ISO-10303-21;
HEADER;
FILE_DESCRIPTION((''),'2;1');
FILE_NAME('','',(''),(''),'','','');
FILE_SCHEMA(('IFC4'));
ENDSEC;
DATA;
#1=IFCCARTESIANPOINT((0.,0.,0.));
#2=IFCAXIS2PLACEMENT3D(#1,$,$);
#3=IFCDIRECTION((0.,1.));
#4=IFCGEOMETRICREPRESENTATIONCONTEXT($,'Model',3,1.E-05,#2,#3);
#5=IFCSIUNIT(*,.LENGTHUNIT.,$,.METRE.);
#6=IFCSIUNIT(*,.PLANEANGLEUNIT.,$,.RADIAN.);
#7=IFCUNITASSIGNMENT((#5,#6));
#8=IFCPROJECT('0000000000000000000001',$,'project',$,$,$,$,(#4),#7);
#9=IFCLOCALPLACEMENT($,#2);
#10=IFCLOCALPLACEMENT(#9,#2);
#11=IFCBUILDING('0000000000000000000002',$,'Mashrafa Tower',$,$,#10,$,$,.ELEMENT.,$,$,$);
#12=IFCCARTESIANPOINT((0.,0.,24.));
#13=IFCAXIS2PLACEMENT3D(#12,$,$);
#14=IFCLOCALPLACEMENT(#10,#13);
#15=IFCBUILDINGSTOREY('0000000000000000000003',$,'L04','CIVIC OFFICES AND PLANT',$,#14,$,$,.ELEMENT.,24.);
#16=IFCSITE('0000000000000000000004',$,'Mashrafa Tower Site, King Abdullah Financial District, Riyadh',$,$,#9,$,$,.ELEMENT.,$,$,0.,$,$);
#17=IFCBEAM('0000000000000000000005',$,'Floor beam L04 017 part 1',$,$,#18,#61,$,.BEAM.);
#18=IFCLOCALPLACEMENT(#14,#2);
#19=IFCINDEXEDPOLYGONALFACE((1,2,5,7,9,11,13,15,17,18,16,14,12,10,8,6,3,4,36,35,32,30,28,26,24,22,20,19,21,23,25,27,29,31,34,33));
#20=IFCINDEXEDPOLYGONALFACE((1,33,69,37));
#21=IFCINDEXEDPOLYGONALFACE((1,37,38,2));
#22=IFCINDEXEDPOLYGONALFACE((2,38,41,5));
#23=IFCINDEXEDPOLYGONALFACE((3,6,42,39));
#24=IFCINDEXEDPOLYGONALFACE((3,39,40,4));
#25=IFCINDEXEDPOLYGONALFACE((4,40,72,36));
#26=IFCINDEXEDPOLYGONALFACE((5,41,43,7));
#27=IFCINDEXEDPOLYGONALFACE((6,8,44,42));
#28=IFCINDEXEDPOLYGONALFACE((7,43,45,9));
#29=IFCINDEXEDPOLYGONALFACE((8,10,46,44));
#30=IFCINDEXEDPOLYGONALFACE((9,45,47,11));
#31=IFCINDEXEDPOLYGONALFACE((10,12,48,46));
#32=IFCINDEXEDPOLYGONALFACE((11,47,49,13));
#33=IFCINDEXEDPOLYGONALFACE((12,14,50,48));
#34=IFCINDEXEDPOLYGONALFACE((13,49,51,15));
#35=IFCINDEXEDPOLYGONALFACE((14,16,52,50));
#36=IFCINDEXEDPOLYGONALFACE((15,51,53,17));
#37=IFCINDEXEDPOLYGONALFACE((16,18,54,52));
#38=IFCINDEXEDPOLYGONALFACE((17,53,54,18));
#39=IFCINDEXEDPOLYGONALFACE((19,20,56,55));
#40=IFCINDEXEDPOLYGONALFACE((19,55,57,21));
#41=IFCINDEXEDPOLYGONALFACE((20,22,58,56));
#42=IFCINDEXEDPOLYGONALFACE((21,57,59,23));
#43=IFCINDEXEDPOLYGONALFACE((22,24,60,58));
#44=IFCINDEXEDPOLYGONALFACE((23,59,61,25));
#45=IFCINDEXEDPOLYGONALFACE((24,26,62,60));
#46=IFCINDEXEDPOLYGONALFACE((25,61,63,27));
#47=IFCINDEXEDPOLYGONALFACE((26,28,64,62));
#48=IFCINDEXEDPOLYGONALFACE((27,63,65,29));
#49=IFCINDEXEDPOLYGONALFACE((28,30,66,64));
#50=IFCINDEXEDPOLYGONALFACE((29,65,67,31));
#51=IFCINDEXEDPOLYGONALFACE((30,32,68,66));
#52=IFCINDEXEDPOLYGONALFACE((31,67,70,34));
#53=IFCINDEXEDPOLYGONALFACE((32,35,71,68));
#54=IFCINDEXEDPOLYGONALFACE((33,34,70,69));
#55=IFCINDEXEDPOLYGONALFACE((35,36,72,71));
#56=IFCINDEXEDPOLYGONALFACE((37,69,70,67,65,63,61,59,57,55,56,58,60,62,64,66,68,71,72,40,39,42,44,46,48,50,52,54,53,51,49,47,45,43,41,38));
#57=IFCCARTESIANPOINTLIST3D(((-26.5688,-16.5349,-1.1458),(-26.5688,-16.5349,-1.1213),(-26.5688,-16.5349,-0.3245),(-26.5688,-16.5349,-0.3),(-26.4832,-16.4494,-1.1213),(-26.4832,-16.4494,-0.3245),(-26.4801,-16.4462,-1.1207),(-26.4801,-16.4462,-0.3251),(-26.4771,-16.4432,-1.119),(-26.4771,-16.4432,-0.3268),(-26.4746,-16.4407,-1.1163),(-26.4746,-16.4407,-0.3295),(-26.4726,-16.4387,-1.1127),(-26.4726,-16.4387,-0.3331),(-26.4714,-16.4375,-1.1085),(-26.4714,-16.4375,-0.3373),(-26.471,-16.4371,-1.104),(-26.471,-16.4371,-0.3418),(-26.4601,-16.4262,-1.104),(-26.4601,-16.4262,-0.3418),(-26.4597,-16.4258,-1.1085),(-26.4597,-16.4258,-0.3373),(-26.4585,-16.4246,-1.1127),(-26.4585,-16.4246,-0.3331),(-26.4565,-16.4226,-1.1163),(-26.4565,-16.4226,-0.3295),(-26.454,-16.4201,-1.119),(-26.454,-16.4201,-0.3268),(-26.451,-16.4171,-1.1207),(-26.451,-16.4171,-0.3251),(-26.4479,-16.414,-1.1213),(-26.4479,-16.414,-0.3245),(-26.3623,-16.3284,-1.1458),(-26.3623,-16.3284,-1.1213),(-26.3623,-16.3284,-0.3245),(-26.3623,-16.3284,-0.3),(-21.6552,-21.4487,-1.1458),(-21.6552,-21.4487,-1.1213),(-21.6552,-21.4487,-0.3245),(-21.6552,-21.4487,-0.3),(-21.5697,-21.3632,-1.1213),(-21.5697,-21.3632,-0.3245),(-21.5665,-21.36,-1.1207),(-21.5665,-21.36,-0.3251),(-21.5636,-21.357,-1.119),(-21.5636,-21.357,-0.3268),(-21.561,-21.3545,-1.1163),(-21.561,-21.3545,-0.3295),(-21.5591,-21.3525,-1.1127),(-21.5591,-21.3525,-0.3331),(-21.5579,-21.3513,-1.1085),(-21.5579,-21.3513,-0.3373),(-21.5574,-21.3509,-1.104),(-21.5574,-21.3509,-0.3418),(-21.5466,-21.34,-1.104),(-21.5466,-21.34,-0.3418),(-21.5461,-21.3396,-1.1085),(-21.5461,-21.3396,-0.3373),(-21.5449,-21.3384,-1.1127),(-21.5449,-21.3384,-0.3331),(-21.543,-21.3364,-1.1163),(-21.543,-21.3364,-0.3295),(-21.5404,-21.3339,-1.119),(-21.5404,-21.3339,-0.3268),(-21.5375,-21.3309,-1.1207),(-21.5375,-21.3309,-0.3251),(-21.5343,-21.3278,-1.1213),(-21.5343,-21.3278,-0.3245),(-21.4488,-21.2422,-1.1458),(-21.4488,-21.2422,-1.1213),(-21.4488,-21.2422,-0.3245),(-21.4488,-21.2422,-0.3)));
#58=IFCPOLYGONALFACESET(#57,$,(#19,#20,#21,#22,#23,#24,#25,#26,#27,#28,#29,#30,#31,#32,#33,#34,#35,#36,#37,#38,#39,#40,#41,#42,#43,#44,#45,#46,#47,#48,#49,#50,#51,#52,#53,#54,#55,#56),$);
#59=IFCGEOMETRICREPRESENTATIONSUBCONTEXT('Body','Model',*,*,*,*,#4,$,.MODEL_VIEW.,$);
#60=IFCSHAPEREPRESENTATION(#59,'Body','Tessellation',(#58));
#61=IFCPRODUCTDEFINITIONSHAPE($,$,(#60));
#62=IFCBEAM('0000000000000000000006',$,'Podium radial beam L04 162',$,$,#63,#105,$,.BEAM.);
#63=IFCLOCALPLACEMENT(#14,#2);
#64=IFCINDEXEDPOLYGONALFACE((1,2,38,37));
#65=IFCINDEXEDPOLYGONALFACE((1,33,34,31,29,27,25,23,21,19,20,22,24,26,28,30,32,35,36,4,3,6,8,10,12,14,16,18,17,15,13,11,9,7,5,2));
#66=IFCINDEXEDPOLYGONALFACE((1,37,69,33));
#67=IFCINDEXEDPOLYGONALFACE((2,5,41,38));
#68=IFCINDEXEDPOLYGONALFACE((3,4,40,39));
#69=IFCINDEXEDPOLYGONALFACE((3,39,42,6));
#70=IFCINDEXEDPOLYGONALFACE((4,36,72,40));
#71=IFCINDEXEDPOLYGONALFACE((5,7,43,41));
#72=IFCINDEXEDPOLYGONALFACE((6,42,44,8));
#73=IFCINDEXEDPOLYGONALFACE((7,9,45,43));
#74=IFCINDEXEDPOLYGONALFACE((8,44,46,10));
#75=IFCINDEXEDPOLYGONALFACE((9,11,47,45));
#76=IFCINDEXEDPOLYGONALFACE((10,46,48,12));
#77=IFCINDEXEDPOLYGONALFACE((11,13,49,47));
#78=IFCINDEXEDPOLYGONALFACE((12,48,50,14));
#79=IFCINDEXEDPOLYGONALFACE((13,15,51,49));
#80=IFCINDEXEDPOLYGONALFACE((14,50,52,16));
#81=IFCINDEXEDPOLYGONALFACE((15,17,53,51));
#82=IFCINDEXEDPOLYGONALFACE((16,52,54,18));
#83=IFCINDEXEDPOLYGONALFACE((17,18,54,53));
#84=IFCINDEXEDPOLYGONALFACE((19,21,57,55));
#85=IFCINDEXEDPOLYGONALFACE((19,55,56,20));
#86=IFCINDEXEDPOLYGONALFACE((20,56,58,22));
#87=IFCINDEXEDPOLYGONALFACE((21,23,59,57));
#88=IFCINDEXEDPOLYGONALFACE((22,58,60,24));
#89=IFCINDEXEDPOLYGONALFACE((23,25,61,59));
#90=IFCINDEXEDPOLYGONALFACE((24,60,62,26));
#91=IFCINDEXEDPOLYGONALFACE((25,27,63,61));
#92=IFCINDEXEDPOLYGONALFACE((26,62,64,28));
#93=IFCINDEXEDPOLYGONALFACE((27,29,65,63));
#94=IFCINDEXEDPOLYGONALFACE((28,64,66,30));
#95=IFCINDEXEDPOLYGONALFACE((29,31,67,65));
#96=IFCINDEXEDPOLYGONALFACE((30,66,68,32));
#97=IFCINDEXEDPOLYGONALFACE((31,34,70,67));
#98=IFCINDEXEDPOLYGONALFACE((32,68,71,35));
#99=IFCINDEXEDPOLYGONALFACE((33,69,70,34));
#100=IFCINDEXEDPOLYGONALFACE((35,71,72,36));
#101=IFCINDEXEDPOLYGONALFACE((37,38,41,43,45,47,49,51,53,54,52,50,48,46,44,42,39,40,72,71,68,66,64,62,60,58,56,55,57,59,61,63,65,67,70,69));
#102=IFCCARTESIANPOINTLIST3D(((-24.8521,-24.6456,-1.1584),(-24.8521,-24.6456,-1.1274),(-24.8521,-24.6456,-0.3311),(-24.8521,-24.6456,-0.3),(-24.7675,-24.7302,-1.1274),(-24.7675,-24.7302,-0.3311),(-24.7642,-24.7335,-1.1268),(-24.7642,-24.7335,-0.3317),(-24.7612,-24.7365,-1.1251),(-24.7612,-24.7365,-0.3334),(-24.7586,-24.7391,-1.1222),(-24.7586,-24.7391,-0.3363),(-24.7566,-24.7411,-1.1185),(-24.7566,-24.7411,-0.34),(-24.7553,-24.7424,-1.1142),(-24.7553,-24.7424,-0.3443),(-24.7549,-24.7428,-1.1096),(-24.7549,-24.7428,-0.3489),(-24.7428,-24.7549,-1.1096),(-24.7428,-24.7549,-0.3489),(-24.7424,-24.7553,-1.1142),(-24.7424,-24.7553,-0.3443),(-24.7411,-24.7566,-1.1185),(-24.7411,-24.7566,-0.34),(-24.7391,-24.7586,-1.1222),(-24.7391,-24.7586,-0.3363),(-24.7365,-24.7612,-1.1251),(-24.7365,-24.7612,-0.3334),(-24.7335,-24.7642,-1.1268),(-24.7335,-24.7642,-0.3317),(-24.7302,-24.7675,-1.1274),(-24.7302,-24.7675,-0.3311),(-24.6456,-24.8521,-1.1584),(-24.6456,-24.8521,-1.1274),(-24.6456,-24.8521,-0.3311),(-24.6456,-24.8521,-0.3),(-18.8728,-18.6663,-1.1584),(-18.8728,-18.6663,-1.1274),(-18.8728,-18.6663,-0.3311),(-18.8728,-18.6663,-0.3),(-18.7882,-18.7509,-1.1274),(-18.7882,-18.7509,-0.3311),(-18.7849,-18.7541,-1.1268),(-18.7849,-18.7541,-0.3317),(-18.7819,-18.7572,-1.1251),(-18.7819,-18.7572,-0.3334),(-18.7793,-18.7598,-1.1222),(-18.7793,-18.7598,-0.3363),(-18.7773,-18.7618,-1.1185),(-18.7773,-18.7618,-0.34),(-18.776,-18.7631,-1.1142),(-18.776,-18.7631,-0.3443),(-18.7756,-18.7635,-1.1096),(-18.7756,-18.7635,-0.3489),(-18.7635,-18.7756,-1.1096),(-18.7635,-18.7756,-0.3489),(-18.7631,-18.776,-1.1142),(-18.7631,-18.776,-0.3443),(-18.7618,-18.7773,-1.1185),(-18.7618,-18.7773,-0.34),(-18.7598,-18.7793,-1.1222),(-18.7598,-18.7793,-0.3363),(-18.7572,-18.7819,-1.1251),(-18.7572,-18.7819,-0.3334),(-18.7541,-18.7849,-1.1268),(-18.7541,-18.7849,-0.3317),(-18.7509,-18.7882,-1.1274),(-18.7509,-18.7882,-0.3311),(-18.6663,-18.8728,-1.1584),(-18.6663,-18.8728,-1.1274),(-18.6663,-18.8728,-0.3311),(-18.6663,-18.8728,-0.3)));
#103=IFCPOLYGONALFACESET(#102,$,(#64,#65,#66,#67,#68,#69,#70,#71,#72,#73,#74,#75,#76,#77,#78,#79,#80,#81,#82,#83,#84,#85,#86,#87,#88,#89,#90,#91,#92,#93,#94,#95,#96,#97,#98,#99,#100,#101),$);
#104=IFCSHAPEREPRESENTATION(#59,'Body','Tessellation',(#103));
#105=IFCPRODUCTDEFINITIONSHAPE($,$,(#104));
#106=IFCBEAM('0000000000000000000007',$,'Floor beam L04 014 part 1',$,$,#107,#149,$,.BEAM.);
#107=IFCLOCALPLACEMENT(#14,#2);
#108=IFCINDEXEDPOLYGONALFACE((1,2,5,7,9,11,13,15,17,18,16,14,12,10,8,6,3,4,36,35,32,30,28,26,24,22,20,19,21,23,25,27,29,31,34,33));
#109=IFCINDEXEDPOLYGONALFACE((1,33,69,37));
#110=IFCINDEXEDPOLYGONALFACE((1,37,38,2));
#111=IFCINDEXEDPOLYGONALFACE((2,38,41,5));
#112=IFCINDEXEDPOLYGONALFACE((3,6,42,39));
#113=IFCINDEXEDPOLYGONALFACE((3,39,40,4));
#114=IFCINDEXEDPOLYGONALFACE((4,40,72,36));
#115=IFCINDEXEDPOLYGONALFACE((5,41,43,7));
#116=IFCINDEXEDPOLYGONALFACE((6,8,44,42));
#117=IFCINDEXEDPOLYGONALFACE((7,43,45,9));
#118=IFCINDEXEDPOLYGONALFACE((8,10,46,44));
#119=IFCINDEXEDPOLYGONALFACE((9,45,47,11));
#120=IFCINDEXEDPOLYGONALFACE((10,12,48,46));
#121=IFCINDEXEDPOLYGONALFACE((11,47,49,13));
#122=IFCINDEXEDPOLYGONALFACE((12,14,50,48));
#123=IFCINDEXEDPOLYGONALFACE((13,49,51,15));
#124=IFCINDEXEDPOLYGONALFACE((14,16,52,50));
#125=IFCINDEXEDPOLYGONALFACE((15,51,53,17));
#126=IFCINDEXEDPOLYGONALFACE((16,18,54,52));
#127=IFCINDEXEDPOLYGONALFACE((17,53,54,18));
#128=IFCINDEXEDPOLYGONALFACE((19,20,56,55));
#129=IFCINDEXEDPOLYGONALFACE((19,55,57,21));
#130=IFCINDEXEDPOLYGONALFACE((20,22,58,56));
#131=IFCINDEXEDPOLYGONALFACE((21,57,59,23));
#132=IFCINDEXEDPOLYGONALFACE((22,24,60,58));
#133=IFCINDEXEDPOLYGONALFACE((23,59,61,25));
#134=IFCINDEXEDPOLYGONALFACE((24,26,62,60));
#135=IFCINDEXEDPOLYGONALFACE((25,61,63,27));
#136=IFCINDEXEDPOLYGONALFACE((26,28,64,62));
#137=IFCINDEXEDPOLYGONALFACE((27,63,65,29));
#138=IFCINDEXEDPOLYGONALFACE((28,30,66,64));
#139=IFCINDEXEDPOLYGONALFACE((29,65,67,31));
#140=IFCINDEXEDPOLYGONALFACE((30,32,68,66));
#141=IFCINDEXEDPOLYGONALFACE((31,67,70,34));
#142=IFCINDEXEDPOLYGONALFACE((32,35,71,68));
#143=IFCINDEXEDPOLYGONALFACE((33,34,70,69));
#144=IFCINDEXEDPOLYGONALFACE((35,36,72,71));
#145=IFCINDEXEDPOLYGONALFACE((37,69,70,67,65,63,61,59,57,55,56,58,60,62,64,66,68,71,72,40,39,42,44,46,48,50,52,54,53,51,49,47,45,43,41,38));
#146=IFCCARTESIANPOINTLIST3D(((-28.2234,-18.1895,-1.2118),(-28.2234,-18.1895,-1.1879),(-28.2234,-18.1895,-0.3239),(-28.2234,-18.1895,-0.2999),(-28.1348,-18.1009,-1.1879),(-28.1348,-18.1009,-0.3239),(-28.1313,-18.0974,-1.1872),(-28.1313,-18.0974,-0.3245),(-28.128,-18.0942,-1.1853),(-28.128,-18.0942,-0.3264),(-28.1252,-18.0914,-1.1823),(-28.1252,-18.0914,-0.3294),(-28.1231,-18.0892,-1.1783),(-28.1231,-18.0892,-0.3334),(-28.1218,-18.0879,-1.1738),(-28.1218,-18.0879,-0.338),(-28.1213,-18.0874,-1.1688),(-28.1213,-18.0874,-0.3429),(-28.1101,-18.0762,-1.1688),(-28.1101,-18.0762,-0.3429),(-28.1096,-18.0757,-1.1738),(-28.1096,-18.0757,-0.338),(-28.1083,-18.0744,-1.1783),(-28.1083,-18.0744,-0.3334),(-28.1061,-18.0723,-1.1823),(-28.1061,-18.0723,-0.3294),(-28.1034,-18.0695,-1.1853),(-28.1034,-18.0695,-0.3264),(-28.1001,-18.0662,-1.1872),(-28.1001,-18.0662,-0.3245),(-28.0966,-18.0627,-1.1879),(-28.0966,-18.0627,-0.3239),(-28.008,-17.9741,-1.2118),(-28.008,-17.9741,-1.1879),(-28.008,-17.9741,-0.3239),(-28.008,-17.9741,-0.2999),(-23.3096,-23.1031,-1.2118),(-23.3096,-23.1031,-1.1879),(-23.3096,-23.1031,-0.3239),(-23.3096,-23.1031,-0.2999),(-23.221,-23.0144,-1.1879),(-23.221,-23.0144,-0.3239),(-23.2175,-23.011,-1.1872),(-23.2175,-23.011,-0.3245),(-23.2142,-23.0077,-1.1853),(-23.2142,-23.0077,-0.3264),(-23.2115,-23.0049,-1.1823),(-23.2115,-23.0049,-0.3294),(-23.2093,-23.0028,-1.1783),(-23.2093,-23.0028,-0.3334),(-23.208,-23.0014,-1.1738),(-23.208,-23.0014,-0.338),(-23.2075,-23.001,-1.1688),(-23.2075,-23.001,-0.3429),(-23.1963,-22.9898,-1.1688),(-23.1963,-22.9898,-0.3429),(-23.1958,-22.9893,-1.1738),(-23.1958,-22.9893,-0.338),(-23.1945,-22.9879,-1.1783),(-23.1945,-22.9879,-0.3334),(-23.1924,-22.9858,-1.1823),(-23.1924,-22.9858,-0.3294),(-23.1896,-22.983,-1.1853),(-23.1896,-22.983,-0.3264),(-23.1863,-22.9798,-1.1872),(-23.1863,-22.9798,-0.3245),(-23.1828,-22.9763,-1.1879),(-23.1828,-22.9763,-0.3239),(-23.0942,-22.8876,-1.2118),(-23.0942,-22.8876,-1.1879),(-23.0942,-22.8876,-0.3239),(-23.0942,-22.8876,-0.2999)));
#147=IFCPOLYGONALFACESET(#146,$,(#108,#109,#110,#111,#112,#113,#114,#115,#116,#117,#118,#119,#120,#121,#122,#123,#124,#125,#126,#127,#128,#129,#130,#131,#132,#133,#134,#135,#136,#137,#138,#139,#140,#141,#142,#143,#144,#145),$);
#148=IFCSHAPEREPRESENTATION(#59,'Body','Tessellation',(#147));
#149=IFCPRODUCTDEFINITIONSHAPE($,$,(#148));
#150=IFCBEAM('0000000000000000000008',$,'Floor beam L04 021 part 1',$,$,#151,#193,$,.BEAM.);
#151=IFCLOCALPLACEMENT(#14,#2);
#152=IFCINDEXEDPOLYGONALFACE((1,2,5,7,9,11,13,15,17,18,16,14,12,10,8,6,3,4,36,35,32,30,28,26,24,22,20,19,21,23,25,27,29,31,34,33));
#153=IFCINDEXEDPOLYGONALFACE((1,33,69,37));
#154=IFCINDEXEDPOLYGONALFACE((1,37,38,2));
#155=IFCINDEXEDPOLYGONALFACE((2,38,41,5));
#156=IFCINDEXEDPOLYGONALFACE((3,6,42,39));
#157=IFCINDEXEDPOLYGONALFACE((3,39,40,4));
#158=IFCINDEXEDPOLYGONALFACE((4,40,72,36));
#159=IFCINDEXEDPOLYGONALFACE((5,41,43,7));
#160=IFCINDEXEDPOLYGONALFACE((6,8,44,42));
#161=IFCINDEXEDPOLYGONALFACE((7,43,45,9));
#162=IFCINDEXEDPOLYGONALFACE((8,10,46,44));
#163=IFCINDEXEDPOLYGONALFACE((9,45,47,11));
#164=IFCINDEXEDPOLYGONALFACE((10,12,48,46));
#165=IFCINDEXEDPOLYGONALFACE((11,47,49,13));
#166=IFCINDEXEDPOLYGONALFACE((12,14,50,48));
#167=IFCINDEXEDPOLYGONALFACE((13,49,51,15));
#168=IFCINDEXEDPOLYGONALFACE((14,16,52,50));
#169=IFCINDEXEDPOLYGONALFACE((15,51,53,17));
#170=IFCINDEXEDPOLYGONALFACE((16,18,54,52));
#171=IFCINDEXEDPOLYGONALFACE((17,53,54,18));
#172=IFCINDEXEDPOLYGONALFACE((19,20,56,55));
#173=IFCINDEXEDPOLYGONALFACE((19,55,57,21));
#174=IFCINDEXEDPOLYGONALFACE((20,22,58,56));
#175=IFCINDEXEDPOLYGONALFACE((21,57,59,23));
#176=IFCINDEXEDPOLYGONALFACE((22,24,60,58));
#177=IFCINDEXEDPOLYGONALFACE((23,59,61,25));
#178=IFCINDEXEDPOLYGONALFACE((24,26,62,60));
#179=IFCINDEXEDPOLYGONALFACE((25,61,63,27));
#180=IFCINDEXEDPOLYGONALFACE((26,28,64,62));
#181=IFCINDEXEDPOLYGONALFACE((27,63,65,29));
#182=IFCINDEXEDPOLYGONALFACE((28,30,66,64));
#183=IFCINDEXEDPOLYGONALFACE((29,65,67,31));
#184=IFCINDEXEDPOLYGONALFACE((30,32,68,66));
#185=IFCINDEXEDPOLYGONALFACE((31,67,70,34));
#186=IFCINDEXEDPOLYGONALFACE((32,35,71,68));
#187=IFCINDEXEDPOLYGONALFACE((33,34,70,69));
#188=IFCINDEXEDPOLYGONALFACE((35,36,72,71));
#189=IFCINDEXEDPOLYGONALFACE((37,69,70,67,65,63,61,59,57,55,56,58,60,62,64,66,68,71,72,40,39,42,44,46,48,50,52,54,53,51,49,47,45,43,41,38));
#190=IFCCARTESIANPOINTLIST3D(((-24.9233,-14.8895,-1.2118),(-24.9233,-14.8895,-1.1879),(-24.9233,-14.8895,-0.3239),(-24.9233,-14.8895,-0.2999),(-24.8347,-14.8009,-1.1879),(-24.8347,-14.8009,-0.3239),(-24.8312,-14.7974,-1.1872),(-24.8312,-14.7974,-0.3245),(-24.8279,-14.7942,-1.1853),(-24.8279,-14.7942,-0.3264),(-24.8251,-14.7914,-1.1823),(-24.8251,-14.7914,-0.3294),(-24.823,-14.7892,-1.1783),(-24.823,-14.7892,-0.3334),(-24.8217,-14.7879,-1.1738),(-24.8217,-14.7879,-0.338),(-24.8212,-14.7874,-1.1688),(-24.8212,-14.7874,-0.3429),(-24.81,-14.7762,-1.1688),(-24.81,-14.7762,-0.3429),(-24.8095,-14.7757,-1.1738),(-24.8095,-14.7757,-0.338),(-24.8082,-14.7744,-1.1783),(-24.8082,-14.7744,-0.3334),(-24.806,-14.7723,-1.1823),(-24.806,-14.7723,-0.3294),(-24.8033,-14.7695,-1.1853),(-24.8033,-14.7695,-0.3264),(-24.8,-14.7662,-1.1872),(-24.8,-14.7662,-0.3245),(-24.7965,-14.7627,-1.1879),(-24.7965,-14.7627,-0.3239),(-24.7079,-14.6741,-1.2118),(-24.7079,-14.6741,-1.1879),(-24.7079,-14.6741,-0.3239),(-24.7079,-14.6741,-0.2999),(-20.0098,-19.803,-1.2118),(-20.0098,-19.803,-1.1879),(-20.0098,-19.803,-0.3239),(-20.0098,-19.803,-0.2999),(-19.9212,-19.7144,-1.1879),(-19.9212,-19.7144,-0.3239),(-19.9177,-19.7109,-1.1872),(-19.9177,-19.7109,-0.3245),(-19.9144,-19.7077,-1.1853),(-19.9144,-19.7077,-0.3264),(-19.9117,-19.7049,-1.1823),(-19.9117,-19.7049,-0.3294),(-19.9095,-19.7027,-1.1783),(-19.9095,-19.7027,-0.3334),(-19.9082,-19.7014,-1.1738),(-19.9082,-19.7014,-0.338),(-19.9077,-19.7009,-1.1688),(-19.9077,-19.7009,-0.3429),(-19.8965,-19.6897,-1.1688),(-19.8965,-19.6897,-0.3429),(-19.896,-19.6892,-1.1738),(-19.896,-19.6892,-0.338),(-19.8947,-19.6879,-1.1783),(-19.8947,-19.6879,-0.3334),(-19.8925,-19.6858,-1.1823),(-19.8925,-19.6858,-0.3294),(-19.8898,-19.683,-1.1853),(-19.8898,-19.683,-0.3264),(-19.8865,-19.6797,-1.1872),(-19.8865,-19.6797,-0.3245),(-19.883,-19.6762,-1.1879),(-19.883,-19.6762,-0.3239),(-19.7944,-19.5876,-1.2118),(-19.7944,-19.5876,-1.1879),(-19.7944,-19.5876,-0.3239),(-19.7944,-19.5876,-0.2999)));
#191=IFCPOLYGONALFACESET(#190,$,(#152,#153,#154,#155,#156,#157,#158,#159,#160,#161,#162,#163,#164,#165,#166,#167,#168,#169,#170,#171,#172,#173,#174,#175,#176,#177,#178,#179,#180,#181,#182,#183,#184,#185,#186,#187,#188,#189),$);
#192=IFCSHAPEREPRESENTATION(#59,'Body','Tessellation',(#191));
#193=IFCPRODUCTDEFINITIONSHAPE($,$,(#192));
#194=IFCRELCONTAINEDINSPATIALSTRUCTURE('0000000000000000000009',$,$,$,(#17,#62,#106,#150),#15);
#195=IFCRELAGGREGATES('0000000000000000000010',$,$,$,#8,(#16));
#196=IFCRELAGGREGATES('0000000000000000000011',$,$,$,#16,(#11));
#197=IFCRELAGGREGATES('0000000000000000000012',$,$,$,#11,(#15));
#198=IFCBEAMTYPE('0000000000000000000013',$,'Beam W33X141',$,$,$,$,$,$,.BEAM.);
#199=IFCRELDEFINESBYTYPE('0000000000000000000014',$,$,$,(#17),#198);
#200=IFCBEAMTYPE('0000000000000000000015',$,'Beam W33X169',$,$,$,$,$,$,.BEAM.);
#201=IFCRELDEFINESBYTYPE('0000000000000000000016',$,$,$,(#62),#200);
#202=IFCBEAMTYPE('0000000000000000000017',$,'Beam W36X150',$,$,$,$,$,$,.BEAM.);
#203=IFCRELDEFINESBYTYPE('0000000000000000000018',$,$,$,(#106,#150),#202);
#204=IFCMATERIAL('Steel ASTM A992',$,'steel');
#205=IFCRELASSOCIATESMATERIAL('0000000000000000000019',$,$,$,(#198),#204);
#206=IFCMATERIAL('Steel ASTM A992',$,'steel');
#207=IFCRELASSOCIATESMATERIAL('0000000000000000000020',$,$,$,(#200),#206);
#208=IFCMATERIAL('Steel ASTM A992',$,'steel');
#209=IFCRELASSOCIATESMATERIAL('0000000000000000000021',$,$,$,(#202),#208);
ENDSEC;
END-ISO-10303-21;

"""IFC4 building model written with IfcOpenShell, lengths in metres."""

from ifc_helpers import new_model, si_unit, direction, frame, origin, origin_2d, place, context, subcontext, project, spatial, i_section, extrude, material, material_profile, profile_set, type_object, element, save


model = new_model("IFC4")

# Units and contexts
model_context = context("Model", 3, precision=1e-05, world=origin(), true_north=direction((0.0, 1.0)))
body_context = subcontext(model_context, "Body", "Model", "MODEL_VIEW")
ifc_project = project(units=[si_unit("LENGTHUNIT", "METRE"), si_unit("PLANEANGLEUNIT", "RADIAN")], contexts=[model_context])

# Site, building, storey
site_placement = place(None, origin())
site = spatial("IfcSite", under=ifc_project, at=site_placement, Name="Mashrafa Tower Site, King Abdullah Financial District, Riyadh", CompositionType="ELEMENT", RefElevation=0.0)
building_placement = place(site_placement, origin())
building = spatial("IfcBuilding", under=site, at=building_placement, Name="Mashrafa Tower", CompositionType="ELEMENT")
storey_placement = place(building_placement, frame((0.0, 0.0, 24.0)))
storey = spatial("IfcBuildingStorey", under=building, at=storey_placement, Name="L04", Description="CIVIC OFFICES AND PLANT", CompositionType="ELEMENT", Elevation=24.0)

# Beams
ifc_material_1 = material(Name="Steel ASTM A992", Category="steel")
ifc_material_profile_1 = material_profile(ifc_material_1, i_section(OverallWidth=0.292, OverallDepth=0.8457, WebThickness=0.0154, FlangeThickness=0.0244, FilletRadius=0.0173, at=origin_2d()), Name="W33X141")
ifc_profile_set_1 = profile_set([ifc_material_profile_1], Name="Steel ASTM A992")
beam_type_1 = type_object("IfcBeamType", Name="Beam W33X141", PredefinedType="BEAM", material=ifc_profile_set_1)
beam_1_placement = place(storey_placement, frame((-21.552, -21.3455, -0.7229), z_axis=(-0.707089, 0.707124, 0.0), x_axis=(-0.707124, -0.707089, 0.0)))
element("IfcBeam", 1, at=beam_1_placement, inside=storey, type_object=beam_type_1, Name="Floor beam L04 017 part 1", PredefinedType="BEAM", context=body_context, shape_type="SweptSolid", body=[
    extrude(i_section(OverallWidth=0.292, OverallDepth=0.8457, WebThickness=0.0154, FlangeThickness=0.0244, FilletRadius=0.0173, at=origin_2d()), origin(), (0.0, 0.0, 1.0), 6.949),
])
ifc_material_2 = material(Name="Steel ASTM A992", Category="steel")
ifc_material_profile_2 = material_profile(ifc_material_2, i_section(OverallWidth=0.292, OverallDepth=0.8584, WebThickness=0.0171, FlangeThickness=0.031, FilletRadius=0.0178, at=origin_2d()), Name="W33X169")
ifc_profile_set_2 = profile_set([ifc_material_profile_2], Name="Steel ASTM A992")
beam_type_2 = type_object("IfcBeamType", Name="Beam W33X169", PredefinedType="BEAM", material=ifc_profile_set_2)
beam_2_placement = place(storey_placement, frame((-18.7695, -18.7695, -0.7292), z_axis=(-0.707107, -0.707107, 0.0), x_axis=(0.707107, -0.707107, 0.0)))
element("IfcBeam", 2, at=beam_2_placement, inside=storey, type_object=beam_type_2, Name="Podium radial beam L04 162", PredefinedType="BEAM", context=body_context, shape_type="SweptSolid", body=[
    extrude(i_section(OverallWidth=0.292, OverallDepth=0.8584, WebThickness=0.0171, FlangeThickness=0.031, FilletRadius=0.0178, at=origin_2d()), origin(), (0.0, 0.0, 1.0), 8.4561),
])
ifc_material_3 = material(Name="Steel ASTM A992", Category="steel")
ifc_material_profile_3 = material_profile(ifc_material_3, i_section(OverallWidth=0.3047, OverallDepth=0.9119, WebThickness=0.0159, FlangeThickness=0.0239, FilletRadius=0.019, at=origin_2d()), Name="W36X150")
ifc_profile_set_3 = profile_set([ifc_material_profile_3], Name="Steel ASTM A992")
beam_type_3 = type_object("IfcBeamType", Name="Beam W36X150", PredefinedType="BEAM", material=ifc_profile_set_3)
beam_3_placement = place(storey_placement, frame((-23.2019, -22.9954, -0.7559), z_axis=(-0.707124, 0.707089, 0.0), x_axis=(-0.707089, -0.707124, 0.0)))
element("IfcBeam", 3, at=beam_3_placement, inside=storey, type_object=beam_type_3, Name="Floor beam L04 014 part 1", PredefinedType="BEAM", context=body_context, shape_type="SweptSolid", body=[
    extrude(i_section(OverallWidth=0.3047, OverallDepth=0.9119, WebThickness=0.0159, FlangeThickness=0.0239, FilletRadius=0.019, at=origin_2d()), origin(), (0.0, 0.0, 1.0), 6.949),
])
beam_4_placement = place(storey_placement, frame((-19.9021, -19.6953, -0.7559), z_axis=(-0.707107, 0.707107, 0.0), x_axis=(-0.707107, -0.707107, 0.0)))
element("IfcBeam", 4, at=beam_4_placement, inside=storey, type_object=beam_type_3, Name="Floor beam L04 021 part 1", PredefinedType="BEAM", context=body_context, shape_type="SweptSolid", body=[
    extrude(i_section(OverallWidth=0.3047, OverallDepth=0.9119, WebThickness=0.0159, FlangeThickness=0.0239, FilletRadius=0.019, at=origin_2d()), origin(), (0.0, 0.0, 1.0), 6.9487),
])

save(model, "model.ifc")
